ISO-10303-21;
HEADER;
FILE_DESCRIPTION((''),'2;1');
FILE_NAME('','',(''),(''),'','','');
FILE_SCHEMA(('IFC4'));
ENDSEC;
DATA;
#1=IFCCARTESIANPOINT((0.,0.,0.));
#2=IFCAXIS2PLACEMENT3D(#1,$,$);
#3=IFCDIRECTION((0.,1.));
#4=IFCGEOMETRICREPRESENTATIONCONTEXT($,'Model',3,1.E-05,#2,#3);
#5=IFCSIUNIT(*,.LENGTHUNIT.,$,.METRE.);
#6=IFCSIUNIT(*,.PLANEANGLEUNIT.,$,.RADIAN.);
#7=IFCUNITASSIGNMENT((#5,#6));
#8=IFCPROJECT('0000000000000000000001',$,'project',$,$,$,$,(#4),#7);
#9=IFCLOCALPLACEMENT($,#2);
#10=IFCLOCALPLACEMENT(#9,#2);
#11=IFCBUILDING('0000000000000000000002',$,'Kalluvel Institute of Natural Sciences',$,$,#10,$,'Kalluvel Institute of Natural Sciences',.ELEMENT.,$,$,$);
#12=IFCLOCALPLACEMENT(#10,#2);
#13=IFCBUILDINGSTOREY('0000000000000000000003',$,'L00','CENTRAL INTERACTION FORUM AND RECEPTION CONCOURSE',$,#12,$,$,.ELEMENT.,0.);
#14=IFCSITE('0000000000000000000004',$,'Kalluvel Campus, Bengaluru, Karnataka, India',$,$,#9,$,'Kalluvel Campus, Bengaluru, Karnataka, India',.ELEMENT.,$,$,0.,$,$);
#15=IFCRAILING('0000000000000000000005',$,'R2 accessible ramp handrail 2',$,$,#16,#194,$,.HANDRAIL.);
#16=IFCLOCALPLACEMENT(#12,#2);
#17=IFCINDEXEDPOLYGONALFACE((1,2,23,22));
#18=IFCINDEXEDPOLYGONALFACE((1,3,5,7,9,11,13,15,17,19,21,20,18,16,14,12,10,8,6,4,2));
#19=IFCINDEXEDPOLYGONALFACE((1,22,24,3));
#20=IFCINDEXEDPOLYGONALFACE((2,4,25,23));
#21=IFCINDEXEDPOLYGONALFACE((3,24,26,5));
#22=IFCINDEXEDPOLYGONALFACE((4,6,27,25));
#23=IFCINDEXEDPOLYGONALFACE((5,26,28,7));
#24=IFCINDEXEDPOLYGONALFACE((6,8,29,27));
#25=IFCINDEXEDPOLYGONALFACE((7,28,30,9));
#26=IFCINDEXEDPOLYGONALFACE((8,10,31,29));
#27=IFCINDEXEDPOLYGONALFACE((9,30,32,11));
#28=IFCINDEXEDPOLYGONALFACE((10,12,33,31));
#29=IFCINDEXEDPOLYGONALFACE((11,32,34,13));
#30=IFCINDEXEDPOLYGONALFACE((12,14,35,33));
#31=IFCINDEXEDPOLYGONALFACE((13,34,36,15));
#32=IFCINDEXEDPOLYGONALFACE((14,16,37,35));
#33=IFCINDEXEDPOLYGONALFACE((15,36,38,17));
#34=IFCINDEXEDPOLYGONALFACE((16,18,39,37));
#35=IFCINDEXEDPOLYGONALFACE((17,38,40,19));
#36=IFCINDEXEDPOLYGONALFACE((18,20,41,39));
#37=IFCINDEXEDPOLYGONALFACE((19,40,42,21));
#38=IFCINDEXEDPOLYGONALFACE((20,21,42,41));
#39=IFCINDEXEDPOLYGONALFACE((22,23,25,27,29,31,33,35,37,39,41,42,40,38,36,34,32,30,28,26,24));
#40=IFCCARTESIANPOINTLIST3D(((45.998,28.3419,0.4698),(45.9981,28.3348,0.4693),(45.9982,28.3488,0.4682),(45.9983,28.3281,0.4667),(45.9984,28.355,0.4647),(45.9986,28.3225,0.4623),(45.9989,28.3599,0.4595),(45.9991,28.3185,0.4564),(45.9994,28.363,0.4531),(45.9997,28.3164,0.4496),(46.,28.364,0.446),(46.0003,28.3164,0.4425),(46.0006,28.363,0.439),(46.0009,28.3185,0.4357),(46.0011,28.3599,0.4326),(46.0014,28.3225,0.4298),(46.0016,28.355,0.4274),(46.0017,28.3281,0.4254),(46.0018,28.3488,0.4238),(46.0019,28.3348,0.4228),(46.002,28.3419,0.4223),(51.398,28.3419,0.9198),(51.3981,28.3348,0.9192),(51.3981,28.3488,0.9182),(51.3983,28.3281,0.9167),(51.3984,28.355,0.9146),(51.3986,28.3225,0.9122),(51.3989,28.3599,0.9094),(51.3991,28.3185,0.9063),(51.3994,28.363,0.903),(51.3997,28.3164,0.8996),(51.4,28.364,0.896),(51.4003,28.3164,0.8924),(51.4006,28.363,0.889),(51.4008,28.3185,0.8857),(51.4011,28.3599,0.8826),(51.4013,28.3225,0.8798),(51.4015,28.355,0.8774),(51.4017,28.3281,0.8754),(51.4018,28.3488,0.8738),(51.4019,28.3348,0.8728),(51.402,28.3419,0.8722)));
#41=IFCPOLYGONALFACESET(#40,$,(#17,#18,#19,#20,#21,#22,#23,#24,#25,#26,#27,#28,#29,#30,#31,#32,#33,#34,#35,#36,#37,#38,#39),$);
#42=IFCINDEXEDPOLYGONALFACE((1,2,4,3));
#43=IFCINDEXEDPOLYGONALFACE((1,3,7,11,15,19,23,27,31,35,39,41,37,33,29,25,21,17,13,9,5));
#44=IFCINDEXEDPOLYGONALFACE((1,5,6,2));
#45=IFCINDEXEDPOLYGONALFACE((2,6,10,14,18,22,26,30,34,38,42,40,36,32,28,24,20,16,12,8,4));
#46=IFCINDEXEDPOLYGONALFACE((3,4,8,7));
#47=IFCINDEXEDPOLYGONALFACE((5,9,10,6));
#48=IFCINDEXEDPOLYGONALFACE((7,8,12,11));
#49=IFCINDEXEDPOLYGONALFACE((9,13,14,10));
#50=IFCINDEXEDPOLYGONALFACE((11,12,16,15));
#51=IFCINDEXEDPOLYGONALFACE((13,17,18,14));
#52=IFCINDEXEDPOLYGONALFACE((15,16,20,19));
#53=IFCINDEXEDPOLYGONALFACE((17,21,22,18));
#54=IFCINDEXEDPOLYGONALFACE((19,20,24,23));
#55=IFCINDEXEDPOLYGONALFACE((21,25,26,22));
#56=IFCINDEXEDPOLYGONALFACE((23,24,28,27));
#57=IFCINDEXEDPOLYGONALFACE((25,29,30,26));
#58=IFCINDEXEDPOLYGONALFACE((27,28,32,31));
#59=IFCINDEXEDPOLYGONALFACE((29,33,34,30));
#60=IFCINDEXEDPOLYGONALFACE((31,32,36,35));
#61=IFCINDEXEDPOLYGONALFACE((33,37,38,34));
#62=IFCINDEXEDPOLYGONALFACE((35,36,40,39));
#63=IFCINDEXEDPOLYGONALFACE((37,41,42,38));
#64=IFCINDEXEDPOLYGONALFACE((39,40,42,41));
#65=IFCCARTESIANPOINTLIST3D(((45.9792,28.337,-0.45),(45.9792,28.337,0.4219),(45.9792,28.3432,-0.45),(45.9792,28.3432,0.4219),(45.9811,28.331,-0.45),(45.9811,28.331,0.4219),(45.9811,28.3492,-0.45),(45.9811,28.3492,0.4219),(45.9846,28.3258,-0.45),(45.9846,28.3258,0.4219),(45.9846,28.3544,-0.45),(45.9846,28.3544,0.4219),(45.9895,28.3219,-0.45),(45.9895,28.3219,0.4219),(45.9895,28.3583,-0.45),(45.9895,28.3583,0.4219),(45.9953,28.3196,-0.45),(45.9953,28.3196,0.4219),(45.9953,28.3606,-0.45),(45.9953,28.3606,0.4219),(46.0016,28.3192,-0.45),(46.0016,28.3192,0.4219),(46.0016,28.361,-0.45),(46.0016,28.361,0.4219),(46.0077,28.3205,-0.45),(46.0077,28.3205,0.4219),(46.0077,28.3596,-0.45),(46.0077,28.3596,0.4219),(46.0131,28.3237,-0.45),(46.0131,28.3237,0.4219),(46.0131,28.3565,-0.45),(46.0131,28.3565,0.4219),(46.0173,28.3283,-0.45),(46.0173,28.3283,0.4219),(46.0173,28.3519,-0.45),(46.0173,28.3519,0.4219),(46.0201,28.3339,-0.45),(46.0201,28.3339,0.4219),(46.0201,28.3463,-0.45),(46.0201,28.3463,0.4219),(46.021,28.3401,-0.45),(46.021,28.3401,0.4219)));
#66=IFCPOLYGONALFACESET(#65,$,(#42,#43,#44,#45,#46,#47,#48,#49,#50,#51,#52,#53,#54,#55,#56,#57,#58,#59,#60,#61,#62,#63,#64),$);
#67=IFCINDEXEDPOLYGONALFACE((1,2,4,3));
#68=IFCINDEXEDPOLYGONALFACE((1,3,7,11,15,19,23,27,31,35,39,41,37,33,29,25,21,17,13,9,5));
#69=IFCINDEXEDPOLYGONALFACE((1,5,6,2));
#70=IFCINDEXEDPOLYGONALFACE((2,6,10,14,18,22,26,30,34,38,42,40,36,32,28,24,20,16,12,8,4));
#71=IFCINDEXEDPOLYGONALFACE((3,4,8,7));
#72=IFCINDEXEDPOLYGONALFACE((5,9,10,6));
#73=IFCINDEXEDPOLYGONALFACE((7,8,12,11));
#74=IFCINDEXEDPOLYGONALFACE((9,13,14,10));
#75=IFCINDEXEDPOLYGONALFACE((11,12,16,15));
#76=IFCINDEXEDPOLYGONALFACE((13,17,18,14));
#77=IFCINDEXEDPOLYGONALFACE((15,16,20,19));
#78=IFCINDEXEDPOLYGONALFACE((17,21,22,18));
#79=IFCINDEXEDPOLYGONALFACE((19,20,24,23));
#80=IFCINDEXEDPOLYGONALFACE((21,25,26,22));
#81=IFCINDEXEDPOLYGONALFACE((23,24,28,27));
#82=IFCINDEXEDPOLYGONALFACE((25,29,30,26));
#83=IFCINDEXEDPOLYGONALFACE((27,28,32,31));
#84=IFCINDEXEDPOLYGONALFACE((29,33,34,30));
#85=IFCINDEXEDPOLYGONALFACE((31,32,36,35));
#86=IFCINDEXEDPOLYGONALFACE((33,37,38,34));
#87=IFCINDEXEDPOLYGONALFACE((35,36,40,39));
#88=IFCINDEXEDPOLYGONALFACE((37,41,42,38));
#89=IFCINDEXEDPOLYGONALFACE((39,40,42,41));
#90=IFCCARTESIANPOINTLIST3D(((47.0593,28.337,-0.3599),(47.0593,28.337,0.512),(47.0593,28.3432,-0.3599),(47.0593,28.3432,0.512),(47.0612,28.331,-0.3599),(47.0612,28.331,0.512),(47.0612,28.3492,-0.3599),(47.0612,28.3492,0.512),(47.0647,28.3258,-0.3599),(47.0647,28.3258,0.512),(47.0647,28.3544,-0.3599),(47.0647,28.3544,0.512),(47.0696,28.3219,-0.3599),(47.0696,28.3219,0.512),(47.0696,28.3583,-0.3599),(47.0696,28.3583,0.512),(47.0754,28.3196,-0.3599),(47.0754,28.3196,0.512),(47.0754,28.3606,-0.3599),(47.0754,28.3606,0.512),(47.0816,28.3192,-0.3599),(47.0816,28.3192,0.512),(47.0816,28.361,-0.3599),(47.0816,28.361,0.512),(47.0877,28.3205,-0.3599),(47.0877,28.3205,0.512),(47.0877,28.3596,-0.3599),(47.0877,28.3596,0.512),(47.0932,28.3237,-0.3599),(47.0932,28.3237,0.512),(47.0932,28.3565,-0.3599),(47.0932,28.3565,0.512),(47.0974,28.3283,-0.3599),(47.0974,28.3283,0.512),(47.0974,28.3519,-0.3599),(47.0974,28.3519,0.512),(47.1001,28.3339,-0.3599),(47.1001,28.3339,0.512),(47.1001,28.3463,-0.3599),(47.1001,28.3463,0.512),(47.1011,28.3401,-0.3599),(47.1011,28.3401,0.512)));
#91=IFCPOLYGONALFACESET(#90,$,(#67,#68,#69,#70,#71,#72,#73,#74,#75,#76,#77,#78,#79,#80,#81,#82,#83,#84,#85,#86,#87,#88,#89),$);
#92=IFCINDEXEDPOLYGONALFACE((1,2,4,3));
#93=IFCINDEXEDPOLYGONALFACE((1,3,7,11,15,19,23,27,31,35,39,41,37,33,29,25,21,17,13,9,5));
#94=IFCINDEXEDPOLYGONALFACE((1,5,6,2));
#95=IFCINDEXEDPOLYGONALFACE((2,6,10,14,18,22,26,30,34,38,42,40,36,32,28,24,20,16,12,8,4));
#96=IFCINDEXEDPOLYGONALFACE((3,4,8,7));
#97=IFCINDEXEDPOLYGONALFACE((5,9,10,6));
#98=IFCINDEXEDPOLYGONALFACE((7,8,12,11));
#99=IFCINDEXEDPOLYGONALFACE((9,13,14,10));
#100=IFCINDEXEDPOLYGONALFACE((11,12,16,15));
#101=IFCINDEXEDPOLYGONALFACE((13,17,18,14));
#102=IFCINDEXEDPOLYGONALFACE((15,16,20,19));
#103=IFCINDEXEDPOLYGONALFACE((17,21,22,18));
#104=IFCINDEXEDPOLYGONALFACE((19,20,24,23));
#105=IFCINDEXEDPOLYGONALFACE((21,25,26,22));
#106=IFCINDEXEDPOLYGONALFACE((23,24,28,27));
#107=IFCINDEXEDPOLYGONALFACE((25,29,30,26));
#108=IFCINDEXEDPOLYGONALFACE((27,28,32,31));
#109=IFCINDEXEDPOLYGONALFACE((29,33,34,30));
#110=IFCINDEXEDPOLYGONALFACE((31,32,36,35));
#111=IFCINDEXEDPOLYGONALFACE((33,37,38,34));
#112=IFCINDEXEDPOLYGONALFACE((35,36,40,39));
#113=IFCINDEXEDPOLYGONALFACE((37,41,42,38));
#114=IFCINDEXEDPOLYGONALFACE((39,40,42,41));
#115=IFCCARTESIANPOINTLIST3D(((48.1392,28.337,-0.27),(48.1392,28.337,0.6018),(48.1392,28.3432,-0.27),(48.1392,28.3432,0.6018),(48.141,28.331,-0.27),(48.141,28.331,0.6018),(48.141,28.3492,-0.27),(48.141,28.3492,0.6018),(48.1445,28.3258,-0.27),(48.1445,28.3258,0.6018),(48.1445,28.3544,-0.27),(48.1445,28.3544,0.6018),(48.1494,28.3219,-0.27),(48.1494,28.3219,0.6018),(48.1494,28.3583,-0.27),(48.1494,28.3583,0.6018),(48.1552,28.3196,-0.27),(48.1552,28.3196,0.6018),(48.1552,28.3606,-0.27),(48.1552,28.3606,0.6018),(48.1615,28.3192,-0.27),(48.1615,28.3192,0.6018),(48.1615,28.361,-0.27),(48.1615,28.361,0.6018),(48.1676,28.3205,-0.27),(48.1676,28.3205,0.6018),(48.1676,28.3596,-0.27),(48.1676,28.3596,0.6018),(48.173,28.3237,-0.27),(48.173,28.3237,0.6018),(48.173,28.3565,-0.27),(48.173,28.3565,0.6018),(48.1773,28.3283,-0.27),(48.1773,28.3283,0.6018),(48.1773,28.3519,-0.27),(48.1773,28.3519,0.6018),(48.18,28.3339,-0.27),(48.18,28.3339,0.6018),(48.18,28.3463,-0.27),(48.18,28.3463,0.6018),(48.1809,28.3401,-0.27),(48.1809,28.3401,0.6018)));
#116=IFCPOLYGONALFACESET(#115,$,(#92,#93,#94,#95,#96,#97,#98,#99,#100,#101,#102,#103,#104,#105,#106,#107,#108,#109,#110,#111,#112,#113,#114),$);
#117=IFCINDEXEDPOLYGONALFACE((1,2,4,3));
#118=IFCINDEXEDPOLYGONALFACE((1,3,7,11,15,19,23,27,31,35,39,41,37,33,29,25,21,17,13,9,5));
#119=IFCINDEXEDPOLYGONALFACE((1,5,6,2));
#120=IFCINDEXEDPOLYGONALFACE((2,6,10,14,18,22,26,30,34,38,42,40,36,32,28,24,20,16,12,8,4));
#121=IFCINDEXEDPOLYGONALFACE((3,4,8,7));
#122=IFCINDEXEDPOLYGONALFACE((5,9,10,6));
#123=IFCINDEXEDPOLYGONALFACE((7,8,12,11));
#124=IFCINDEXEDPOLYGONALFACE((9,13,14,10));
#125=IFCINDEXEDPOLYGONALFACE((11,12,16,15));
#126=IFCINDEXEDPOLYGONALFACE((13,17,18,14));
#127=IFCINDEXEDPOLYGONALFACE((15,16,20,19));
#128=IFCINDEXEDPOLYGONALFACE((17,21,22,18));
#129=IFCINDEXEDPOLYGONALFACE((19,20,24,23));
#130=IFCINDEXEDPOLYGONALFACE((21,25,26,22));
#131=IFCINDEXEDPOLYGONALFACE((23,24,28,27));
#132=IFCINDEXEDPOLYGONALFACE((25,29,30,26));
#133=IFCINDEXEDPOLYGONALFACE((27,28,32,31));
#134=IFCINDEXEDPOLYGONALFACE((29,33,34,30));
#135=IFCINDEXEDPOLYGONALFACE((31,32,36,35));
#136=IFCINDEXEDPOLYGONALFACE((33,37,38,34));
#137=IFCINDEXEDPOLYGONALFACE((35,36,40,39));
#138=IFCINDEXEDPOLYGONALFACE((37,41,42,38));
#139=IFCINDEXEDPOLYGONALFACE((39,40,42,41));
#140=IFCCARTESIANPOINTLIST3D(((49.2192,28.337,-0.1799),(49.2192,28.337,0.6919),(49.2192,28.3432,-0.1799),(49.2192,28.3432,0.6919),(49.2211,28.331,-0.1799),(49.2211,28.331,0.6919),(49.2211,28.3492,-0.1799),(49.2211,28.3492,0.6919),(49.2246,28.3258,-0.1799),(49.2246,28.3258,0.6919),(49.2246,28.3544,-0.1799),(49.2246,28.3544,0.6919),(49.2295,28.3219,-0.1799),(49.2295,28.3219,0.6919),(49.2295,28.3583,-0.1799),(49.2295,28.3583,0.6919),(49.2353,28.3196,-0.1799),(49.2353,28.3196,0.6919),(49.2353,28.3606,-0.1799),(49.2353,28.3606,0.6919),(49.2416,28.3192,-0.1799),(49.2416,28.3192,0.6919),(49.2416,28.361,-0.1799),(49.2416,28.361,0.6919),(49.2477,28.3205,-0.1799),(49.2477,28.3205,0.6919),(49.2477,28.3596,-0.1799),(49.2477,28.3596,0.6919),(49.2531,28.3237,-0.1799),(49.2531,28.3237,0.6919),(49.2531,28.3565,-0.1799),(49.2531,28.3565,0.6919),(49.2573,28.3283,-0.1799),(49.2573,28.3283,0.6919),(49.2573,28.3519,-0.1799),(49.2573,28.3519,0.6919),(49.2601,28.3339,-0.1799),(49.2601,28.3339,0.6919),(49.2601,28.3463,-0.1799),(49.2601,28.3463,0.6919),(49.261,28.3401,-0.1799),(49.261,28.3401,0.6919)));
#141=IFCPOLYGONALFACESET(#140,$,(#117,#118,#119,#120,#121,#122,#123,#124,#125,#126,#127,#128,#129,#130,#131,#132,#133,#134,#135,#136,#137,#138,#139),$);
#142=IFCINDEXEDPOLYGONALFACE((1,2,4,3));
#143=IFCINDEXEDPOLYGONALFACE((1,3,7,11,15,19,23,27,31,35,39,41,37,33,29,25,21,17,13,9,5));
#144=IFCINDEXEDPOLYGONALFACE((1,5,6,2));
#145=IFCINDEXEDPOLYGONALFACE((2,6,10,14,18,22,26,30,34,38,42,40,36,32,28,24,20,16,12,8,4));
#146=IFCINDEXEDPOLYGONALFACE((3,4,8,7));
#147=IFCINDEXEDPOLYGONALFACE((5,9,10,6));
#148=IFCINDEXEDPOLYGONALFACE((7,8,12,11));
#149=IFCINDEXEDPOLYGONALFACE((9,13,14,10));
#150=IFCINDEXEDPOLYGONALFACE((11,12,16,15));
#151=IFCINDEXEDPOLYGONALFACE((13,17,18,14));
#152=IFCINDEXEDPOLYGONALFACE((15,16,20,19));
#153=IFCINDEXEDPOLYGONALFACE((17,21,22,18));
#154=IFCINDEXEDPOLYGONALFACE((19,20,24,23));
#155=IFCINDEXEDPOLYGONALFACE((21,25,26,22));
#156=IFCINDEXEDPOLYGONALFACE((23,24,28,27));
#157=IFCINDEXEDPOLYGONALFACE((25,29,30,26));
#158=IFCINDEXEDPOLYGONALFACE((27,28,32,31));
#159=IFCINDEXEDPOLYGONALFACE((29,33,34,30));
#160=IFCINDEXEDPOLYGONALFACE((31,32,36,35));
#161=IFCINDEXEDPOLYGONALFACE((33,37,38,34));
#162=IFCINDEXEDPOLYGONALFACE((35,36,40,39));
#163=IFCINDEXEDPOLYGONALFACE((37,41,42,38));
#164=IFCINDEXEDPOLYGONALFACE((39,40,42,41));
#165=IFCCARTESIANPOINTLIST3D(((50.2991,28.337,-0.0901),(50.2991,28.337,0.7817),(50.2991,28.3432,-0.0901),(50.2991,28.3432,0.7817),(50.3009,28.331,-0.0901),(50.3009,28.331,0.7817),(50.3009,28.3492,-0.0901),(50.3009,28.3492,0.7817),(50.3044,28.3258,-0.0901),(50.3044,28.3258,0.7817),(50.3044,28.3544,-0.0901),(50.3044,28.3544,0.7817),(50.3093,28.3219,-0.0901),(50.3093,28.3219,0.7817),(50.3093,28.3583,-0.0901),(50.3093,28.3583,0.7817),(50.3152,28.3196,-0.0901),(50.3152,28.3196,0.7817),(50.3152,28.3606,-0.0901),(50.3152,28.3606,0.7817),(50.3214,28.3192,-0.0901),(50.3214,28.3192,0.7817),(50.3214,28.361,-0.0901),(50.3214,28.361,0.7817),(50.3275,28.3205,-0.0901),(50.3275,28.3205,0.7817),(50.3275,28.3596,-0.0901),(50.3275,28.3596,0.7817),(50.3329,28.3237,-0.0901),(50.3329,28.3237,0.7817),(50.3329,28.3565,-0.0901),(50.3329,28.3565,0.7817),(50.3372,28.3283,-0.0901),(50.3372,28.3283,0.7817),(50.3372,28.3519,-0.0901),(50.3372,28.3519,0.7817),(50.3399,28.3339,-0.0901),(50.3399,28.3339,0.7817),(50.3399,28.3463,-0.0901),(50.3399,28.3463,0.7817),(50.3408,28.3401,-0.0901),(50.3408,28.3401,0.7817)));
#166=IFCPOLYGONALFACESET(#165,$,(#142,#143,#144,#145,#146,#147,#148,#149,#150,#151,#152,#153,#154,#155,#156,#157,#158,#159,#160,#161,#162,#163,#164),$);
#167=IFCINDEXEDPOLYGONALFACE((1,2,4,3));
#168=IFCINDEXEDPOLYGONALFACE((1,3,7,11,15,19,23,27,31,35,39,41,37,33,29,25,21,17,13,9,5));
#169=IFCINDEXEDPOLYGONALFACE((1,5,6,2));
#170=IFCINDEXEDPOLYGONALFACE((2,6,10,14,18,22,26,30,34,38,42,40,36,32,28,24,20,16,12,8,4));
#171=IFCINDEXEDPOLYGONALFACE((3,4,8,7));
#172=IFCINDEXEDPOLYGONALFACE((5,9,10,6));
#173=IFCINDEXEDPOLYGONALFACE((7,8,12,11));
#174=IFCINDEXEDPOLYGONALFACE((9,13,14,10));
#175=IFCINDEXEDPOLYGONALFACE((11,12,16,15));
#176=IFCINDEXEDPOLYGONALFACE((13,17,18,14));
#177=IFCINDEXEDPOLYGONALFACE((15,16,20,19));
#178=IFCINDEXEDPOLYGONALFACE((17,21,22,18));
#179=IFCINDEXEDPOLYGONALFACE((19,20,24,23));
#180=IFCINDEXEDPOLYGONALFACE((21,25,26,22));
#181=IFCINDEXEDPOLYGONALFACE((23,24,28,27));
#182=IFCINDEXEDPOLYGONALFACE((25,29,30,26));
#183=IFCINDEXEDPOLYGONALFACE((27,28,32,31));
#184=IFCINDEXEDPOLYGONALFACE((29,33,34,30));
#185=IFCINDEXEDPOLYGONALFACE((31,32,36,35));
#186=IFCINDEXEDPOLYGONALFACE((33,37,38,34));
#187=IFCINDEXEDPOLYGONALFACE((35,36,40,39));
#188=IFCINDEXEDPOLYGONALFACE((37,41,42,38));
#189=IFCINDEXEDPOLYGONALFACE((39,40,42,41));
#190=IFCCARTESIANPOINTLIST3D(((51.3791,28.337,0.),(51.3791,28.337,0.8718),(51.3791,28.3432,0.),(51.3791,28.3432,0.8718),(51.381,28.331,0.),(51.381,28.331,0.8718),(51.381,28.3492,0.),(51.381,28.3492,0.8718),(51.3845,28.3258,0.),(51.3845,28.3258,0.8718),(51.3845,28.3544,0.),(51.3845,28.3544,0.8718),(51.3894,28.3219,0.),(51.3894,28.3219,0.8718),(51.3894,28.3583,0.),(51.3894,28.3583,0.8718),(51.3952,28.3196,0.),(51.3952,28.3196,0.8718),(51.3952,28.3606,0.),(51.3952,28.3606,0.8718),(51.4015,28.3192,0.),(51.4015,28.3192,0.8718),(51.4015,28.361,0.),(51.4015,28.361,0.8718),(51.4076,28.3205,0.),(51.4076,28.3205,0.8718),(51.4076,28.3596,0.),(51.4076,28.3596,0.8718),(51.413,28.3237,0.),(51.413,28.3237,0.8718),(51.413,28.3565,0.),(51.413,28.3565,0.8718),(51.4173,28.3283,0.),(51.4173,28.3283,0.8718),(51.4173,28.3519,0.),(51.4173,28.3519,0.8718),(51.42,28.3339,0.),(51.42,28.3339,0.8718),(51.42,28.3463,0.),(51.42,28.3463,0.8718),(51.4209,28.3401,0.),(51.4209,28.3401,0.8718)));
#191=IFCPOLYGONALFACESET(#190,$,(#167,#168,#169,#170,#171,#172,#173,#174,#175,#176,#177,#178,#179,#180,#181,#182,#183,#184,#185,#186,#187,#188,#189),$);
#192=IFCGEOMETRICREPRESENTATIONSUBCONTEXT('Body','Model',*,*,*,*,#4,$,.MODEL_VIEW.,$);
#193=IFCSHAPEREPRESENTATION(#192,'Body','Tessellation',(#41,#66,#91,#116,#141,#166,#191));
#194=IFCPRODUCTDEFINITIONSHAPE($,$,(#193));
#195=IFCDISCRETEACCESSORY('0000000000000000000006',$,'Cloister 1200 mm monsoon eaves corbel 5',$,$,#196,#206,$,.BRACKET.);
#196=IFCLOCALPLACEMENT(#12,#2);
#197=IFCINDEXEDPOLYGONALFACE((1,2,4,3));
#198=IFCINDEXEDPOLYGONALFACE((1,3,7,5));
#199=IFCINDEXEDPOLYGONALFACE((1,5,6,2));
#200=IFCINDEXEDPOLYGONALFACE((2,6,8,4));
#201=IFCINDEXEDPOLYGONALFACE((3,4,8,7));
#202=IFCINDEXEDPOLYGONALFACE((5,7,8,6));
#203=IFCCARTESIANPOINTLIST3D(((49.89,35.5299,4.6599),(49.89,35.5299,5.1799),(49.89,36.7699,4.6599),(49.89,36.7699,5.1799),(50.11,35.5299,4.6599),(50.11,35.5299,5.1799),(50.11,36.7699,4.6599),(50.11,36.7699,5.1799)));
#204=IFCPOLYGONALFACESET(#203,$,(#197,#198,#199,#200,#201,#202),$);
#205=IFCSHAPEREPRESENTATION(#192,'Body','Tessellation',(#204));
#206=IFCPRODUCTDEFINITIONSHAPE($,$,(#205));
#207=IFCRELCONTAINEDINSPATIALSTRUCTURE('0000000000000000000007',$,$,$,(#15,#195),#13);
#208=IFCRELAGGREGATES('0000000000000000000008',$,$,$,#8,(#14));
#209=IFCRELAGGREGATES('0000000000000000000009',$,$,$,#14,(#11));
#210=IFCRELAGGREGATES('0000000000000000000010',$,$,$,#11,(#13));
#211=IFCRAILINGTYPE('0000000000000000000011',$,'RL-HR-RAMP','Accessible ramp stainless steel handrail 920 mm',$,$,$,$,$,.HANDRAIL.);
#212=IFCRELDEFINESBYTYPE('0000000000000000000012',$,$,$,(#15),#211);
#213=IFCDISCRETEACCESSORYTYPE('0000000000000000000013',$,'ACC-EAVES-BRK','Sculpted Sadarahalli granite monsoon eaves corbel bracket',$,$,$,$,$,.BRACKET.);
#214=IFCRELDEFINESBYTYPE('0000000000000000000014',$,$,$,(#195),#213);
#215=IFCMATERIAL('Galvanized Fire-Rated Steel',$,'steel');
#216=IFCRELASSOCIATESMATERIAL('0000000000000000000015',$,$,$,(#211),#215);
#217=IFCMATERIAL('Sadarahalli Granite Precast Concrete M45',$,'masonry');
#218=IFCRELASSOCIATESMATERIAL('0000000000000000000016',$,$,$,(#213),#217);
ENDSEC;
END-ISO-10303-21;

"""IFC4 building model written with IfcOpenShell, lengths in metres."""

from ifc_helpers import new_model, si_unit, direction, frame, origin, origin_2d, place, context, subcontext, project, spatial, rectangle, circle, extrude, material, type_object, element, save


model = new_model("IFC4")

# Units and contexts
model_context = context("Model", 3, precision=1e-05, world=origin(), true_north=direction((0.0, 1.0)))
body_context = subcontext(model_context, "Body", "Model", "MODEL_VIEW")
ifc_project = project(units=[si_unit("LENGTHUNIT", "METRE"), si_unit("PLANEANGLEUNIT", "RADIAN")], contexts=[model_context])

# Site, building, storey
site_placement = place(None, origin())
site = spatial("IfcSite", under=ifc_project, at=site_placement, Name="Kalluvel Campus, Bengaluru, Karnataka, India", LongName="Kalluvel Campus, Bengaluru, Karnataka, India", CompositionType="ELEMENT", RefElevation=0.0)
building_placement = place(site_placement, origin())
building = spatial("IfcBuilding", under=site, at=building_placement, Name="Kalluvel Institute of Natural Sciences", LongName="Kalluvel Institute of Natural Sciences", CompositionType="ELEMENT")
storey_placement = place(building_placement, origin())
storey = spatial("IfcBuildingStorey", under=building, at=storey_placement, Name="L00", Description="CENTRAL INTERACTION FORUM AND RECEPTION CONCOURSE", CompositionType="ELEMENT", Elevation=0.0)

# Shared definitions
ifc_material_1 = material(Name="Sadarahalli Granite Precast Concrete M45", Category="masonry")

# Railing
ifc_material_2 = material(Name="Galvanized Fire-Rated Steel", Category="steel")
railing_type = type_object("IfcRailingType", Name="RL-HR-RAMP", Description="Accessible ramp stainless steel handrail 920 mm", PredefinedType="HANDRAIL", material=ifc_material_2)
for number, where, name in (
    (1, (46.0, 28.3401, -0.45), "R2 accessible ramp handrail 2"),
):
    element("IfcRailing", number, at=place(storey_placement, frame(where)), inside=storey, type_object=railing_type, Name=name, PredefinedType="HANDRAIL", context=body_context, shape_type="SweptSolid", body=[
        extrude(circle(Radius=0.0239, at=origin_2d()), frame((0.0, 0.0, 0.896), z_axis=(0.996546, 0.0, 0.083038), x_axis=(0.0, 1.0, 0.0)), (0.0, 0.0, 1.0), 5.4187),
        extrude(circle(Radius=0.021, at=origin_2d()), origin(), (0.0, 0.0, 1.0), 0.8718),
        extrude(circle(Radius=0.021, at=origin_2d()), frame((1.0801, 0.0, 0.0901)), (0.0, 0.0, 1.0), 0.8718),
        extrude(circle(Radius=0.021, at=origin_2d()), frame((2.1599, 0.0, 0.1799)), (0.0, 0.0, 1.0), 0.8718),
        extrude(circle(Radius=0.021, at=origin_2d()), frame((3.24, 0.0, 0.27)), (0.0, 0.0, 1.0), 0.8718),
        extrude(circle(Radius=0.021, at=origin_2d()), frame((4.3198, 0.0, 0.3599)), (0.0, 0.0, 1.0), 0.8718),
        extrude(circle(Radius=0.021, at=origin_2d()), frame((5.3999, 0.0, 0.45)), (0.0, 0.0, 1.0), 0.8718),
    ])

# Discrete accessory
discrete_accessory_type = type_object("IfcDiscreteAccessoryType", Name="ACC-EAVES-BRK", Description="Sculpted Sadarahalli granite monsoon eaves corbel bracket", PredefinedType="BRACKET", material=ifc_material_1)
for number, where, z_axis, x_axis, name in (
    (2, (50.0, 36.1499, 4.6599), (0.0, 0.0, 1.0), (1.0, 0.0, 0.0), "Cloister 1200 mm monsoon eaves corbel 5"),
):
    element("IfcDiscreteAccessory", number, at=place(storey_placement, frame(where, z_axis=z_axis, x_axis=x_axis)), inside=storey, type_object=discrete_accessory_type, Name=name, PredefinedType="BRACKET", context=body_context, shape_type="SweptSolid", body=[
        extrude(rectangle(XDim=0.22, YDim=1.24, at=origin_2d()), origin(), (0.0, 0.0, 1.0), 0.52),
    ])

save(model, "model.ifc")
